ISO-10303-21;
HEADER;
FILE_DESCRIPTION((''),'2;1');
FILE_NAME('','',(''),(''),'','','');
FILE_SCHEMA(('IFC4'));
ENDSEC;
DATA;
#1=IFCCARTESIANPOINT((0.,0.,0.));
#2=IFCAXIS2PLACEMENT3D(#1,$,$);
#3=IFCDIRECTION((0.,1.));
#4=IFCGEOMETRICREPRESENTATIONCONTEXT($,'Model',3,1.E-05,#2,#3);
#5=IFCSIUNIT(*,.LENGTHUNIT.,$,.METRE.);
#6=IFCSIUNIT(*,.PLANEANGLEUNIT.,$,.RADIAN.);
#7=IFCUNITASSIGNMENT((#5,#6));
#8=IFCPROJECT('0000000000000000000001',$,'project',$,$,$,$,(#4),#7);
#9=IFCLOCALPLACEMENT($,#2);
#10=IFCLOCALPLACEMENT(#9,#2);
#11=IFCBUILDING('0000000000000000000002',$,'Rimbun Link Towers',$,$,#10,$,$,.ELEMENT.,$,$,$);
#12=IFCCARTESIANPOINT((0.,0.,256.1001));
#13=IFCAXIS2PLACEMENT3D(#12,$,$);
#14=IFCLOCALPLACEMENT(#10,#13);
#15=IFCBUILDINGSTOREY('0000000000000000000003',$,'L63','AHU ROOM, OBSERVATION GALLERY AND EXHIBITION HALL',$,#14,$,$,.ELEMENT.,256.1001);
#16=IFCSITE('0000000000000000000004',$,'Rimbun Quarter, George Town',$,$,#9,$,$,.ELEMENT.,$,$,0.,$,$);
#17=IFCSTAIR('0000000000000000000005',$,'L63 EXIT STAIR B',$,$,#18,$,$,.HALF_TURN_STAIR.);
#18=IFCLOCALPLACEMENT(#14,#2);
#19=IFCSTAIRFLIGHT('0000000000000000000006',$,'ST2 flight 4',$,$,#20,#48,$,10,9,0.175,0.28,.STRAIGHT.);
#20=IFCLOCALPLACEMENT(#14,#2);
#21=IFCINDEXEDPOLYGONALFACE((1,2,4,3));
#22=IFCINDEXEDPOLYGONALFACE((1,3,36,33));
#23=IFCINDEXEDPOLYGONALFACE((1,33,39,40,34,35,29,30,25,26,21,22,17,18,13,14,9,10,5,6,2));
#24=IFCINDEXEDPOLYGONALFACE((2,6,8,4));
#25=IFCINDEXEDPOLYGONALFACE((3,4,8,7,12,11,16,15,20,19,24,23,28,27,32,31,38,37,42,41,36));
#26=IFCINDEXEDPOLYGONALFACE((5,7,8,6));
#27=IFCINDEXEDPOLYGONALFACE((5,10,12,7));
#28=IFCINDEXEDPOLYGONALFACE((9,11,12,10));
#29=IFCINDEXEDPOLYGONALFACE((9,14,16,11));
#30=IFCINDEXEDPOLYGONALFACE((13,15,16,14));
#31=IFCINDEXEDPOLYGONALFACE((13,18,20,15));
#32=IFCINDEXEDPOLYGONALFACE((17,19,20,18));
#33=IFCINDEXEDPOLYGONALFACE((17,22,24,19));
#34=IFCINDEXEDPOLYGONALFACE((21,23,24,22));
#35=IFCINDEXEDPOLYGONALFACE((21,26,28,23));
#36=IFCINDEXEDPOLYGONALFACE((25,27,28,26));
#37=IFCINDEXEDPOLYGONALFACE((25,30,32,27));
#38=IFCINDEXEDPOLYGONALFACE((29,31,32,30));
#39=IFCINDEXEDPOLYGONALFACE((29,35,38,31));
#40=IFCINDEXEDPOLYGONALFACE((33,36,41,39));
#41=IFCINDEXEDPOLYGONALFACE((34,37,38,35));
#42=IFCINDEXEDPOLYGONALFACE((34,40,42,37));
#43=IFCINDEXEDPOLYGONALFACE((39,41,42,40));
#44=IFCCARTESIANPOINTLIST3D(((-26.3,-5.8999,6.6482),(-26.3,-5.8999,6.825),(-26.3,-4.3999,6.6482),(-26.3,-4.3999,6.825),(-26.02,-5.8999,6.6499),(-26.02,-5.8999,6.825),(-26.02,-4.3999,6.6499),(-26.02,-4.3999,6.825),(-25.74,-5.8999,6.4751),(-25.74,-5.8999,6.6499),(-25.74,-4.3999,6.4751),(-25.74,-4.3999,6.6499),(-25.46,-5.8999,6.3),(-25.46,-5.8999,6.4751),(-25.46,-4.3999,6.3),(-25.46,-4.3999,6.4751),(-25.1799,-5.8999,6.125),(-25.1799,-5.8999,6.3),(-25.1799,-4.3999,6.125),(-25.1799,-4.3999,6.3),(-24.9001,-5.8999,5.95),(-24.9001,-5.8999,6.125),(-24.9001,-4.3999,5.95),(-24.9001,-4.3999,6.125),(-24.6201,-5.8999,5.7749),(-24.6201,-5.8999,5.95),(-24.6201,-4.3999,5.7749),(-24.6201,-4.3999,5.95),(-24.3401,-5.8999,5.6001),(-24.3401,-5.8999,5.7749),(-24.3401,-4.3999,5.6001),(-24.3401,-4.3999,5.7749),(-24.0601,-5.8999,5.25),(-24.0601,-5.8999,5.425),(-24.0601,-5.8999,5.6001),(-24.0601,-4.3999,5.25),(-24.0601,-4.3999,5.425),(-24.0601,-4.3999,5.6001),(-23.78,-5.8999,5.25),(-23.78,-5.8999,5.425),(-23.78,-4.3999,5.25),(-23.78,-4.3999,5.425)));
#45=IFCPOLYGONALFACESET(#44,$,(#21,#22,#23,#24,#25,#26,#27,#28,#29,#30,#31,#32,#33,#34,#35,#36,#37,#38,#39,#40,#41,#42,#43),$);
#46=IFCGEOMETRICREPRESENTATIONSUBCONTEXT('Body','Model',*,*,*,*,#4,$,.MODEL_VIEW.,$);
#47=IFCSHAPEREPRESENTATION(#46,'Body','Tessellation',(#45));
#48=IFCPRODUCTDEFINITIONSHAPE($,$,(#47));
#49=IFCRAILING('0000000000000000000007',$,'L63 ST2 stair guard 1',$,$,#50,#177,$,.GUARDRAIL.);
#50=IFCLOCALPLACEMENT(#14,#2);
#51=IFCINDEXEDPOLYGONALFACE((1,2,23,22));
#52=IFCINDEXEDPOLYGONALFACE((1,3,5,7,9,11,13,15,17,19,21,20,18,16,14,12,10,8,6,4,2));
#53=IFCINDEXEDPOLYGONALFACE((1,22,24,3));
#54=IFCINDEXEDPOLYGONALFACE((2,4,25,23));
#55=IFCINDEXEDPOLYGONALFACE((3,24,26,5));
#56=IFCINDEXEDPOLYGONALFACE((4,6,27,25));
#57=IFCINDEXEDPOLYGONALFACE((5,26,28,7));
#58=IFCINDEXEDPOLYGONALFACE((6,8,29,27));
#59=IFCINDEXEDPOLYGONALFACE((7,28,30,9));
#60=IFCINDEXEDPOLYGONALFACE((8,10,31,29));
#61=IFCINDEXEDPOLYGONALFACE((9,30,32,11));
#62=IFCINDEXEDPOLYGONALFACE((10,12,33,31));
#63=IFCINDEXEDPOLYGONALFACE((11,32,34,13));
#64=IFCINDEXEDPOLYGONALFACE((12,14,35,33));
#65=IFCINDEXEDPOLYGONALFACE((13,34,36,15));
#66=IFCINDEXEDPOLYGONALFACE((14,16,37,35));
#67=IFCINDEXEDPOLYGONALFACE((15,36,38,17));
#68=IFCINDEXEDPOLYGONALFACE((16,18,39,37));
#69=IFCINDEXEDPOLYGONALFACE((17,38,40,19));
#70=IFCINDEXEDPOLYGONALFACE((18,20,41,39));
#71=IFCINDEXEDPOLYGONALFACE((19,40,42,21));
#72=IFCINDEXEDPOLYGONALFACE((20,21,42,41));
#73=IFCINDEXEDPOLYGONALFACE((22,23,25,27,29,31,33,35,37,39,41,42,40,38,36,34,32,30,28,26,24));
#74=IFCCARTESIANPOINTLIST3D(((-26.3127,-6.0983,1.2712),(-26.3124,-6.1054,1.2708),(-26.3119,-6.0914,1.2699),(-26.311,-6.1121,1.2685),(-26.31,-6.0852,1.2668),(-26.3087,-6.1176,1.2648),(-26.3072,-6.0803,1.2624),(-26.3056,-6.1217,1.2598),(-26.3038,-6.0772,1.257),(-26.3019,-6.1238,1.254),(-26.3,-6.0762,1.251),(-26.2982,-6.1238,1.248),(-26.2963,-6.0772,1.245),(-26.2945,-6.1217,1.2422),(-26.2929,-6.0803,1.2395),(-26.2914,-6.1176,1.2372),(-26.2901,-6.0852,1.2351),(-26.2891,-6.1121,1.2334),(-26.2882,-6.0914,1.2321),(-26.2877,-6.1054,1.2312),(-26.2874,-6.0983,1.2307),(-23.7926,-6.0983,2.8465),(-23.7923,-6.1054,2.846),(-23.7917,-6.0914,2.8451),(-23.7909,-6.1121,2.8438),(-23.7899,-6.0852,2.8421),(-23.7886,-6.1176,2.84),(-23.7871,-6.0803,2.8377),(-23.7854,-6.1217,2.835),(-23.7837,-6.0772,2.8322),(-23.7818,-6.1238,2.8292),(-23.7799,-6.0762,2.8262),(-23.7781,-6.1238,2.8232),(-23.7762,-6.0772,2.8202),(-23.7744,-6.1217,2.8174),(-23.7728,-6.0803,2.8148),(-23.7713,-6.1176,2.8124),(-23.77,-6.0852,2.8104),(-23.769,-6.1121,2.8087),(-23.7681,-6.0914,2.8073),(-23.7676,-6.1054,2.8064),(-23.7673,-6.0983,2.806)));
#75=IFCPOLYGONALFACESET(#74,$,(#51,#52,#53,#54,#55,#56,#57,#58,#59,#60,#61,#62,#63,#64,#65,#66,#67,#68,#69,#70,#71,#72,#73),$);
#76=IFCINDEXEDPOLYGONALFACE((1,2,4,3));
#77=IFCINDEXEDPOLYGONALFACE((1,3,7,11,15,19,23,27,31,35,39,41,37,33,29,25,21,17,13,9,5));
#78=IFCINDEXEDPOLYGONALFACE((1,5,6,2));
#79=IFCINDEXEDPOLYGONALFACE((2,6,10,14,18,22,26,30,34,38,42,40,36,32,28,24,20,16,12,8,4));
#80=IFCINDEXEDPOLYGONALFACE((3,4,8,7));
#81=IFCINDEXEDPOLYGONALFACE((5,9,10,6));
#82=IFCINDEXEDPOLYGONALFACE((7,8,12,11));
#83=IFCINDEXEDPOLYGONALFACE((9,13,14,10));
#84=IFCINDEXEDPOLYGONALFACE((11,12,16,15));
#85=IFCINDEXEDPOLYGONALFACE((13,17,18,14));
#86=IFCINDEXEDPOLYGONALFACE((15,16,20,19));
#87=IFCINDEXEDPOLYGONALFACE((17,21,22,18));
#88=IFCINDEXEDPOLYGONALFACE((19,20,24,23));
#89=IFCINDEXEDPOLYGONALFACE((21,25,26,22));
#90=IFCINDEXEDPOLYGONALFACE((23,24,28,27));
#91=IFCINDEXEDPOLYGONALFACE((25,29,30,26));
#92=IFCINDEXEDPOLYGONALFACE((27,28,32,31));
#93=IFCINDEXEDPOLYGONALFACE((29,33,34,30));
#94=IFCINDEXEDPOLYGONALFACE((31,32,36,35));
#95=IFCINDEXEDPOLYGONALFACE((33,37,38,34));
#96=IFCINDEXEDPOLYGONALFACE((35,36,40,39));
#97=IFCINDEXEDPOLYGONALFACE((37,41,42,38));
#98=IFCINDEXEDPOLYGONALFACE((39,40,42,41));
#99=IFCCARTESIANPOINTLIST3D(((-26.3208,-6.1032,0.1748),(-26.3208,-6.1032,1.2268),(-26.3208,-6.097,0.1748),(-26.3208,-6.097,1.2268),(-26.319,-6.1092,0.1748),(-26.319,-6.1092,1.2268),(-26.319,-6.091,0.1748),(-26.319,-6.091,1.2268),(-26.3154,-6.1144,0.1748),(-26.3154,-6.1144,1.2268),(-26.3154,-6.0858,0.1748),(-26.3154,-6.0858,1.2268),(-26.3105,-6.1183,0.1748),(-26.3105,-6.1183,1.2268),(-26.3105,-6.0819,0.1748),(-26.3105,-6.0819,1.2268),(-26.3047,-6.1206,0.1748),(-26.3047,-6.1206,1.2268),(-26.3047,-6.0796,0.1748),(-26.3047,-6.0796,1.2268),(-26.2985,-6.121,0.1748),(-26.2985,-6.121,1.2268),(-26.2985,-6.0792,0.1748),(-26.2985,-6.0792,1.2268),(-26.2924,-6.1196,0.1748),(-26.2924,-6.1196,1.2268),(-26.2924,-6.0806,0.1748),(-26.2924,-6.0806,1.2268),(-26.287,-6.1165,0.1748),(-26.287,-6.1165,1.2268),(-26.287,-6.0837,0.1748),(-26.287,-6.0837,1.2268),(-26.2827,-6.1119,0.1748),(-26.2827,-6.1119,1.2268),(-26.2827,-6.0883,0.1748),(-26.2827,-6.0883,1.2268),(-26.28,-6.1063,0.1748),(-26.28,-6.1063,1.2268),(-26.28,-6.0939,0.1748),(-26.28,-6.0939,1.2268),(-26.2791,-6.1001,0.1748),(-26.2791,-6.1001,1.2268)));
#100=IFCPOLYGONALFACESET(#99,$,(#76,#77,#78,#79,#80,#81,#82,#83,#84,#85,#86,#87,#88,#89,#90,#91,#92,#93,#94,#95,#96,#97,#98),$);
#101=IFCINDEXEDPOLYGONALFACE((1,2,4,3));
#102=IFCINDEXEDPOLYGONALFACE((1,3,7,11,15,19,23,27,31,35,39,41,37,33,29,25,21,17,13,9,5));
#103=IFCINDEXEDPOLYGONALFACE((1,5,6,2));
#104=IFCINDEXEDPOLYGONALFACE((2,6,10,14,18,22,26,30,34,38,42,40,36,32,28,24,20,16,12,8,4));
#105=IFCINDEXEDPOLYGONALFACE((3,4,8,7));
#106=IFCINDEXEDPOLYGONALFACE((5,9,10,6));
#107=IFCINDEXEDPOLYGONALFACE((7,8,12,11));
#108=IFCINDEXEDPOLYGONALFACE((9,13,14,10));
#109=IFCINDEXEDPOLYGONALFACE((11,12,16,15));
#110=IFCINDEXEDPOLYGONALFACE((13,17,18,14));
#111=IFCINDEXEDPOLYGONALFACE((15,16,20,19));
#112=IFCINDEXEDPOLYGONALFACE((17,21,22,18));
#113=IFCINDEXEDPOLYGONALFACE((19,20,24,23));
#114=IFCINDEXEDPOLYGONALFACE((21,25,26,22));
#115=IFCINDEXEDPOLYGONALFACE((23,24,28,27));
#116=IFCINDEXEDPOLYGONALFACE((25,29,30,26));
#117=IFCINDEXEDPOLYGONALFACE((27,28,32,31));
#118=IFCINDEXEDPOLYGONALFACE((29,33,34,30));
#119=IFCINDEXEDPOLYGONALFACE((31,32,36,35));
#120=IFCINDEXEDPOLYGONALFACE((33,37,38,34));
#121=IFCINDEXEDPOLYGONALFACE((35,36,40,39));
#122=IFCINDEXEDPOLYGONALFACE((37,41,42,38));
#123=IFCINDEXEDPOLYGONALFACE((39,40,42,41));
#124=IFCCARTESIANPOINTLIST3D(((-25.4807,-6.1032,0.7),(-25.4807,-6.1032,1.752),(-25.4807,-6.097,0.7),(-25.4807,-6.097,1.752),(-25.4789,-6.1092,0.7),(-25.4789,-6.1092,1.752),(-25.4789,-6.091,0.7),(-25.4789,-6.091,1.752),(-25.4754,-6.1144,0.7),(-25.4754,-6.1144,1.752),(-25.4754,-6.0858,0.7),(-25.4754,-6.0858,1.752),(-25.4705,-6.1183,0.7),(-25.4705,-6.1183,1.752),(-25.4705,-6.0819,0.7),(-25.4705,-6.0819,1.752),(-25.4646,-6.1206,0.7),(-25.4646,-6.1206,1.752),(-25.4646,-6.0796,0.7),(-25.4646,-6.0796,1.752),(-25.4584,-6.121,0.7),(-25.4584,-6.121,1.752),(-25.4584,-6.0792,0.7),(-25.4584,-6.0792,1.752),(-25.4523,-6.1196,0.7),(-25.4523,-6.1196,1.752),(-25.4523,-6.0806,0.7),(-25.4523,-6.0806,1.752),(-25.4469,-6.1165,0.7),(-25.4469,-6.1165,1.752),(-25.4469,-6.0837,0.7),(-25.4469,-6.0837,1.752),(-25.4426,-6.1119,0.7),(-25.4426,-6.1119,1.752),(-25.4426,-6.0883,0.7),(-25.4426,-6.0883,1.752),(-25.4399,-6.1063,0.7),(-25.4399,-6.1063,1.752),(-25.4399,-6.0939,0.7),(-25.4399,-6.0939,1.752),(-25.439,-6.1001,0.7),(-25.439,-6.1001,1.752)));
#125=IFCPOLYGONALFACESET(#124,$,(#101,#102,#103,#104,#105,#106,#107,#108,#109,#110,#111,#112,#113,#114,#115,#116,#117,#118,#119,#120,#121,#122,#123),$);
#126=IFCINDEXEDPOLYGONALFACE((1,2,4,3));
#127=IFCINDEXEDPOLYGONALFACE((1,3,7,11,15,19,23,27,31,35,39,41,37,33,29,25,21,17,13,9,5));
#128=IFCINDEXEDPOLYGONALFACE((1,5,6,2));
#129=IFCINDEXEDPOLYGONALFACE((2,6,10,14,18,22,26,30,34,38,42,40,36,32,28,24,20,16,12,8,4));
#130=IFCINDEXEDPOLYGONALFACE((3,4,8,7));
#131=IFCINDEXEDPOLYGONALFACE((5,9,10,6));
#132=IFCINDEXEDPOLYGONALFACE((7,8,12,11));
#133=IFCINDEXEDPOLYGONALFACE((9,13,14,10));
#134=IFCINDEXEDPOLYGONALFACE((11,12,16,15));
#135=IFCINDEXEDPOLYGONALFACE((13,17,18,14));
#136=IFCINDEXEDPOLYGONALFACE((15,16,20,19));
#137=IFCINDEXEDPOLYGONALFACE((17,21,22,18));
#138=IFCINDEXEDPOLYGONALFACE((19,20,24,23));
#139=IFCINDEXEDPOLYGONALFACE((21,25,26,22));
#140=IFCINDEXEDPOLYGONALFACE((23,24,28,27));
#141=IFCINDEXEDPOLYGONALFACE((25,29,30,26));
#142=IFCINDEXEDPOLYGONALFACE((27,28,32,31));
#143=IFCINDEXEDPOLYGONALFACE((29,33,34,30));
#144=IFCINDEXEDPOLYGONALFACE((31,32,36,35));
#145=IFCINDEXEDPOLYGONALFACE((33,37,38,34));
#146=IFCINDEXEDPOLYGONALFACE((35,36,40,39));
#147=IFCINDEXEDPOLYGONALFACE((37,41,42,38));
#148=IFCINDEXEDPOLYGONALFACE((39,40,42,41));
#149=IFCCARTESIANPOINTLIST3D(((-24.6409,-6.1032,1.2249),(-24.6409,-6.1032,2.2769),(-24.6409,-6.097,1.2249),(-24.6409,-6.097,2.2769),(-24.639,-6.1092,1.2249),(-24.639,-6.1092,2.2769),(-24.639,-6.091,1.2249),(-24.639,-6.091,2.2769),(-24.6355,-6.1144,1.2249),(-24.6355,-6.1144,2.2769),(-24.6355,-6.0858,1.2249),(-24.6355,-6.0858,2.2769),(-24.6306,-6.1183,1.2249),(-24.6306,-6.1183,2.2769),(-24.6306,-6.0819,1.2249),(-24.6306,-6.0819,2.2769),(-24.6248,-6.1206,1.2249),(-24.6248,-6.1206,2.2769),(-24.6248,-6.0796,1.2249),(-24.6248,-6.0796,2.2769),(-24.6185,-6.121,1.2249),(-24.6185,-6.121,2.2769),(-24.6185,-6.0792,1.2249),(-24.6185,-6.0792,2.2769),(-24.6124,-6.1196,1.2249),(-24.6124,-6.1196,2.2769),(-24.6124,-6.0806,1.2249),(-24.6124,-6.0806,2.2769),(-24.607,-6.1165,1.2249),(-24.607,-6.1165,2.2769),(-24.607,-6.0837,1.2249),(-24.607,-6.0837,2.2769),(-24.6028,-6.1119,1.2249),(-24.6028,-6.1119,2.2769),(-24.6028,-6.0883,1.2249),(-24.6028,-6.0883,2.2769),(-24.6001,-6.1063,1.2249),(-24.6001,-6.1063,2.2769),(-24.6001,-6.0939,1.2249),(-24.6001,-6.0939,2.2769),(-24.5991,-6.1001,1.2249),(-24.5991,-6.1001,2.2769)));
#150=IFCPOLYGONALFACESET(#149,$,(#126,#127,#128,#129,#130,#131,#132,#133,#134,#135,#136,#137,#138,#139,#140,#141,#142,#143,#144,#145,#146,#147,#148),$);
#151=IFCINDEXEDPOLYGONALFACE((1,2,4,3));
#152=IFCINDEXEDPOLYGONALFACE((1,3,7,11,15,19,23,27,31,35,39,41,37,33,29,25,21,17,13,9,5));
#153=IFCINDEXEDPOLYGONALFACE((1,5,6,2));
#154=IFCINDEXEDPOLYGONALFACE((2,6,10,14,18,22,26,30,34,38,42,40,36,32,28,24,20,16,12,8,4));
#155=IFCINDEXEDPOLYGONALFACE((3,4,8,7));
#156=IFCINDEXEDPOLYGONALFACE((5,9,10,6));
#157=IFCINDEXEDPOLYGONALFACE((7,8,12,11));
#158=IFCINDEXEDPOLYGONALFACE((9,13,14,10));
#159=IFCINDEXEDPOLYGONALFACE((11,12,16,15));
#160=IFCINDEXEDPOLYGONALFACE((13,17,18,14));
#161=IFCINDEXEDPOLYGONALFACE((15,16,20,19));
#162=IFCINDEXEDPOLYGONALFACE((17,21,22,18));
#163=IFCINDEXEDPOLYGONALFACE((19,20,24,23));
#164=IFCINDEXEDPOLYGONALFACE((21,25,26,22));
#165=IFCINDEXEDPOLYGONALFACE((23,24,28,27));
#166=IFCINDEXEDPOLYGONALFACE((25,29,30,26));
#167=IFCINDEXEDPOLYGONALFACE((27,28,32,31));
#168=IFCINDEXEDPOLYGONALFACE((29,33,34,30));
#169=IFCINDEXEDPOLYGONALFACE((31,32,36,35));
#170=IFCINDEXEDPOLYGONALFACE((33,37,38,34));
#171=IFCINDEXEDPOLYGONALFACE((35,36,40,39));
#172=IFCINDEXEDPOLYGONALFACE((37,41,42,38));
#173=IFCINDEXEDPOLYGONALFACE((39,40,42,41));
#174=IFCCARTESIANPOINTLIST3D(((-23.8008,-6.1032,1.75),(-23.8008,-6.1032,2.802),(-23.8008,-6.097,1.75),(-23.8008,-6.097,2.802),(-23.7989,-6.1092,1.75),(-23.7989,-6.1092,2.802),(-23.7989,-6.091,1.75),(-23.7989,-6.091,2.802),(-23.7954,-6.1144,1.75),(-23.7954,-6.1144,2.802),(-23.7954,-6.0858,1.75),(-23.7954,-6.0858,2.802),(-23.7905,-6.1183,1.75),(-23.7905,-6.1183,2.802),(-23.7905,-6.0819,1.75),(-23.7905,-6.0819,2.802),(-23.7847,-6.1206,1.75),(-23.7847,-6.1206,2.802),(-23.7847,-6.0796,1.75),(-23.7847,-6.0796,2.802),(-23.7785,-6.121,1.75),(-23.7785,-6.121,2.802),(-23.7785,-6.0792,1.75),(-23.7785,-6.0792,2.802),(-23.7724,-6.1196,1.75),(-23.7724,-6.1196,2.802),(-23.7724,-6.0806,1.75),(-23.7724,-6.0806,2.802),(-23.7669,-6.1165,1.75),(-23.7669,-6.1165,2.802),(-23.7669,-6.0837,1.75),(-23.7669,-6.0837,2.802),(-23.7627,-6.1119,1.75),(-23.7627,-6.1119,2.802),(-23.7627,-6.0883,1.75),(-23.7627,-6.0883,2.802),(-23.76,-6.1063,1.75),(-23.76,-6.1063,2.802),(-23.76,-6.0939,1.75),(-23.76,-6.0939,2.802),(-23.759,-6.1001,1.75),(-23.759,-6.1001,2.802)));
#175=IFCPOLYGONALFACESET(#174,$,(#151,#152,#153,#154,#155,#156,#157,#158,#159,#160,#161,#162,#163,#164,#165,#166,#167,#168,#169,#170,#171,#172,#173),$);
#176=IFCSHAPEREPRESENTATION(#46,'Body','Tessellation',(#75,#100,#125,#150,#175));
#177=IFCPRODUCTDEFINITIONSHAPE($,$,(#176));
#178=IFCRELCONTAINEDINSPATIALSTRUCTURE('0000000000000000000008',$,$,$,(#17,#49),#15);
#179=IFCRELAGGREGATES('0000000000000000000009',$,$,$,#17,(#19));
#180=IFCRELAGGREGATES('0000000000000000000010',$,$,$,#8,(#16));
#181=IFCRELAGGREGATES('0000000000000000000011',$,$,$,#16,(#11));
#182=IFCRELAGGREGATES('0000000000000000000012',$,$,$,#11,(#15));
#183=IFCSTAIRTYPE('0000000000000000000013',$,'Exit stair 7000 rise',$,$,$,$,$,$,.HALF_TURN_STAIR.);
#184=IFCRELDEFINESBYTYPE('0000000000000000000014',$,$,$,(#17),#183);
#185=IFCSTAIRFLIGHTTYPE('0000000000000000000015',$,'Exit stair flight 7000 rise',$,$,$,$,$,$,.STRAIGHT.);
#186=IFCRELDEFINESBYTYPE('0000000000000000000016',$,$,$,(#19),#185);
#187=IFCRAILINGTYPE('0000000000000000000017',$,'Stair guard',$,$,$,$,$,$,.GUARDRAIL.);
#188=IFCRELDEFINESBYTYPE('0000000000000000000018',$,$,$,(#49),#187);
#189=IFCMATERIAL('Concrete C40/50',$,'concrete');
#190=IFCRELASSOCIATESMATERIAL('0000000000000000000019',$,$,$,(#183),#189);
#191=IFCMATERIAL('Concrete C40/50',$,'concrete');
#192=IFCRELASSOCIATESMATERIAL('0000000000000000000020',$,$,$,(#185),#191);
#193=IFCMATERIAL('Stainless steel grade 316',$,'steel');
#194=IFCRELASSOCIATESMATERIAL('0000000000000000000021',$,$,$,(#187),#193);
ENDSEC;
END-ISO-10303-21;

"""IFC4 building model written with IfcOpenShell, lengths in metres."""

from ifc_helpers import new_model, si_unit, direction, frame, origin, origin_2d, place, context, subcontext, project, spatial, polyline, circle, outline, extrude, material, type_object, element, aggregate, save


model = new_model("IFC4")

# Units and contexts
model_context = context("Model", 3, precision=1e-05, world=origin(), true_north=direction((0.0, 1.0)))
body_context = subcontext(model_context, "Body", "Model", "MODEL_VIEW")
ifc_project = project(units=[si_unit("LENGTHUNIT", "METRE"), si_unit("PLANEANGLEUNIT", "RADIAN")], contexts=[model_context])

# Site, building, storey
site_placement = place(None, origin())
site = spatial("IfcSite", under=ifc_project, at=site_placement, Name="Rimbun Quarter, George Town", CompositionType="ELEMENT", RefElevation=0.0)
building_placement = place(site_placement, origin())
building = spatial("IfcBuilding", under=site, at=building_placement, Name="Rimbun Link Towers", CompositionType="ELEMENT")
storey_placement = place(building_placement, frame((0.0, 0.0, 256.1001)))
storey = spatial("IfcBuildingStorey", under=building, at=storey_placement, Name="L63", Description="AHU ROOM, OBSERVATION GALLERY AND EXHIBITION HALL", CompositionType="ELEMENT", Elevation=256.1001)

# Stair, stair flight
ifc_material_1 = material(Name="Concrete C40/50", Category="concrete")
stair_type = type_object("IfcStairType", Name="Exit stair 7000 rise", PredefinedType="HALF_TURN_STAIR", material=ifc_material_1)
stair_placement = place(storey_placement, origin())
stair = element("IfcStair", 1, at=stair_placement, inside=storey, type_object=stair_type, Name="L63 EXIT STAIR B", PredefinedType="HALF_TURN_STAIR")
ifc_material_2 = material(Name="Concrete C40/50", Category="concrete")
stair_flight_type = type_object("IfcStairFlightType", Name="Exit stair flight 7000 rise", PredefinedType="STRAIGHT", material=ifc_material_2)
stair_flight_1_placement = place(storey_placement, frame((-23.78, -5.1499, 5.25), z_axis=(0.0, 0.0, 1.0), x_axis=(-1.0, 0.0, 0.0)))
stair_flight_1 = element("IfcStairFlight", 2, at=stair_flight_1_placement, type_object=stair_flight_type, Name="ST2 flight 4", NumberOfRisers=10, NumberOfTreads=9, PredefinedType="STRAIGHT", RiserHeight=0.175, TreadLength=0.28, context=body_context, shape_type="SweptSolid", body=[
    extrude(outline(polyline([(0.0, 0.0), (0.0, 0.175), (0.28, 0.175), (0.28, 0.3501), (0.5601, 0.3501), (0.5601, 0.5249), (0.8401, 0.5249), (0.8401, 0.7), (1.1201, 0.7), (1.1201, 0.875), (1.3999, 0.875), (1.3999, 1.05), (1.6799, 1.05), (1.6799, 1.2251), (1.96, 1.2251), (1.96, 1.3999), (2.24, 1.3999), (2.24, 1.575), (2.52, 1.575), (2.52, 1.75), (2.52, 1.3982), (0.28, 0.0), (0.0, 0.0)])), frame((0.0, 0.75, 0.0), z_axis=(0.0, -1.0, 0.0), x_axis=(1.0, 0.0, 0.0)), (0.0, 0.0, 1.0), 1.5),
])
aggregate(stair, [stair_flight_1])

# Railing
ifc_material_3 = material(Name="Stainless steel grade 316", Category="steel")
railing_type_1 = type_object("IfcRailingType", Name="Stair guard", PredefinedType="GUARDRAIL", material=ifc_material_3)
railing_1_placement = place(storey_placement, frame((-26.3, -6.1001, 0.1748)))
element("IfcRailing", 3, at=railing_1_placement, inside=storey, type_object=railing_type_1, Name="L63 ST2 stair guard 1", PredefinedType="GUARDRAIL", context=body_context, shape_type="SweptSolid", body=[
    extrude(circle(Radius=0.0239, at=origin_2d()), frame((0.0, 0.0, 1.0762), z_axis=(0.847971, 0.0, 0.530043), x_axis=(0.0, 1.0, 0.0)), (0.0, 0.0, 1.0), 2.9719),
    extrude(circle(Radius=0.021, at=origin_2d()), origin(), (0.0, 0.0, 1.0), 1.052),
    extrude(circle(Radius=0.021, at=origin_2d()), frame((0.8401, 0.0, 0.5251)), (0.0, 0.0, 1.0), 1.052),
    extrude(circle(Radius=0.021, at=origin_2d()), frame((1.6799, 0.0, 1.05)), (0.0, 0.0, 1.0), 1.052),
    extrude(circle(Radius=0.021, at=origin_2d()), frame((2.52, 0.0, 1.5752)), (0.0, 0.0, 1.0), 1.052),
])

save(model, "model.ifc")
